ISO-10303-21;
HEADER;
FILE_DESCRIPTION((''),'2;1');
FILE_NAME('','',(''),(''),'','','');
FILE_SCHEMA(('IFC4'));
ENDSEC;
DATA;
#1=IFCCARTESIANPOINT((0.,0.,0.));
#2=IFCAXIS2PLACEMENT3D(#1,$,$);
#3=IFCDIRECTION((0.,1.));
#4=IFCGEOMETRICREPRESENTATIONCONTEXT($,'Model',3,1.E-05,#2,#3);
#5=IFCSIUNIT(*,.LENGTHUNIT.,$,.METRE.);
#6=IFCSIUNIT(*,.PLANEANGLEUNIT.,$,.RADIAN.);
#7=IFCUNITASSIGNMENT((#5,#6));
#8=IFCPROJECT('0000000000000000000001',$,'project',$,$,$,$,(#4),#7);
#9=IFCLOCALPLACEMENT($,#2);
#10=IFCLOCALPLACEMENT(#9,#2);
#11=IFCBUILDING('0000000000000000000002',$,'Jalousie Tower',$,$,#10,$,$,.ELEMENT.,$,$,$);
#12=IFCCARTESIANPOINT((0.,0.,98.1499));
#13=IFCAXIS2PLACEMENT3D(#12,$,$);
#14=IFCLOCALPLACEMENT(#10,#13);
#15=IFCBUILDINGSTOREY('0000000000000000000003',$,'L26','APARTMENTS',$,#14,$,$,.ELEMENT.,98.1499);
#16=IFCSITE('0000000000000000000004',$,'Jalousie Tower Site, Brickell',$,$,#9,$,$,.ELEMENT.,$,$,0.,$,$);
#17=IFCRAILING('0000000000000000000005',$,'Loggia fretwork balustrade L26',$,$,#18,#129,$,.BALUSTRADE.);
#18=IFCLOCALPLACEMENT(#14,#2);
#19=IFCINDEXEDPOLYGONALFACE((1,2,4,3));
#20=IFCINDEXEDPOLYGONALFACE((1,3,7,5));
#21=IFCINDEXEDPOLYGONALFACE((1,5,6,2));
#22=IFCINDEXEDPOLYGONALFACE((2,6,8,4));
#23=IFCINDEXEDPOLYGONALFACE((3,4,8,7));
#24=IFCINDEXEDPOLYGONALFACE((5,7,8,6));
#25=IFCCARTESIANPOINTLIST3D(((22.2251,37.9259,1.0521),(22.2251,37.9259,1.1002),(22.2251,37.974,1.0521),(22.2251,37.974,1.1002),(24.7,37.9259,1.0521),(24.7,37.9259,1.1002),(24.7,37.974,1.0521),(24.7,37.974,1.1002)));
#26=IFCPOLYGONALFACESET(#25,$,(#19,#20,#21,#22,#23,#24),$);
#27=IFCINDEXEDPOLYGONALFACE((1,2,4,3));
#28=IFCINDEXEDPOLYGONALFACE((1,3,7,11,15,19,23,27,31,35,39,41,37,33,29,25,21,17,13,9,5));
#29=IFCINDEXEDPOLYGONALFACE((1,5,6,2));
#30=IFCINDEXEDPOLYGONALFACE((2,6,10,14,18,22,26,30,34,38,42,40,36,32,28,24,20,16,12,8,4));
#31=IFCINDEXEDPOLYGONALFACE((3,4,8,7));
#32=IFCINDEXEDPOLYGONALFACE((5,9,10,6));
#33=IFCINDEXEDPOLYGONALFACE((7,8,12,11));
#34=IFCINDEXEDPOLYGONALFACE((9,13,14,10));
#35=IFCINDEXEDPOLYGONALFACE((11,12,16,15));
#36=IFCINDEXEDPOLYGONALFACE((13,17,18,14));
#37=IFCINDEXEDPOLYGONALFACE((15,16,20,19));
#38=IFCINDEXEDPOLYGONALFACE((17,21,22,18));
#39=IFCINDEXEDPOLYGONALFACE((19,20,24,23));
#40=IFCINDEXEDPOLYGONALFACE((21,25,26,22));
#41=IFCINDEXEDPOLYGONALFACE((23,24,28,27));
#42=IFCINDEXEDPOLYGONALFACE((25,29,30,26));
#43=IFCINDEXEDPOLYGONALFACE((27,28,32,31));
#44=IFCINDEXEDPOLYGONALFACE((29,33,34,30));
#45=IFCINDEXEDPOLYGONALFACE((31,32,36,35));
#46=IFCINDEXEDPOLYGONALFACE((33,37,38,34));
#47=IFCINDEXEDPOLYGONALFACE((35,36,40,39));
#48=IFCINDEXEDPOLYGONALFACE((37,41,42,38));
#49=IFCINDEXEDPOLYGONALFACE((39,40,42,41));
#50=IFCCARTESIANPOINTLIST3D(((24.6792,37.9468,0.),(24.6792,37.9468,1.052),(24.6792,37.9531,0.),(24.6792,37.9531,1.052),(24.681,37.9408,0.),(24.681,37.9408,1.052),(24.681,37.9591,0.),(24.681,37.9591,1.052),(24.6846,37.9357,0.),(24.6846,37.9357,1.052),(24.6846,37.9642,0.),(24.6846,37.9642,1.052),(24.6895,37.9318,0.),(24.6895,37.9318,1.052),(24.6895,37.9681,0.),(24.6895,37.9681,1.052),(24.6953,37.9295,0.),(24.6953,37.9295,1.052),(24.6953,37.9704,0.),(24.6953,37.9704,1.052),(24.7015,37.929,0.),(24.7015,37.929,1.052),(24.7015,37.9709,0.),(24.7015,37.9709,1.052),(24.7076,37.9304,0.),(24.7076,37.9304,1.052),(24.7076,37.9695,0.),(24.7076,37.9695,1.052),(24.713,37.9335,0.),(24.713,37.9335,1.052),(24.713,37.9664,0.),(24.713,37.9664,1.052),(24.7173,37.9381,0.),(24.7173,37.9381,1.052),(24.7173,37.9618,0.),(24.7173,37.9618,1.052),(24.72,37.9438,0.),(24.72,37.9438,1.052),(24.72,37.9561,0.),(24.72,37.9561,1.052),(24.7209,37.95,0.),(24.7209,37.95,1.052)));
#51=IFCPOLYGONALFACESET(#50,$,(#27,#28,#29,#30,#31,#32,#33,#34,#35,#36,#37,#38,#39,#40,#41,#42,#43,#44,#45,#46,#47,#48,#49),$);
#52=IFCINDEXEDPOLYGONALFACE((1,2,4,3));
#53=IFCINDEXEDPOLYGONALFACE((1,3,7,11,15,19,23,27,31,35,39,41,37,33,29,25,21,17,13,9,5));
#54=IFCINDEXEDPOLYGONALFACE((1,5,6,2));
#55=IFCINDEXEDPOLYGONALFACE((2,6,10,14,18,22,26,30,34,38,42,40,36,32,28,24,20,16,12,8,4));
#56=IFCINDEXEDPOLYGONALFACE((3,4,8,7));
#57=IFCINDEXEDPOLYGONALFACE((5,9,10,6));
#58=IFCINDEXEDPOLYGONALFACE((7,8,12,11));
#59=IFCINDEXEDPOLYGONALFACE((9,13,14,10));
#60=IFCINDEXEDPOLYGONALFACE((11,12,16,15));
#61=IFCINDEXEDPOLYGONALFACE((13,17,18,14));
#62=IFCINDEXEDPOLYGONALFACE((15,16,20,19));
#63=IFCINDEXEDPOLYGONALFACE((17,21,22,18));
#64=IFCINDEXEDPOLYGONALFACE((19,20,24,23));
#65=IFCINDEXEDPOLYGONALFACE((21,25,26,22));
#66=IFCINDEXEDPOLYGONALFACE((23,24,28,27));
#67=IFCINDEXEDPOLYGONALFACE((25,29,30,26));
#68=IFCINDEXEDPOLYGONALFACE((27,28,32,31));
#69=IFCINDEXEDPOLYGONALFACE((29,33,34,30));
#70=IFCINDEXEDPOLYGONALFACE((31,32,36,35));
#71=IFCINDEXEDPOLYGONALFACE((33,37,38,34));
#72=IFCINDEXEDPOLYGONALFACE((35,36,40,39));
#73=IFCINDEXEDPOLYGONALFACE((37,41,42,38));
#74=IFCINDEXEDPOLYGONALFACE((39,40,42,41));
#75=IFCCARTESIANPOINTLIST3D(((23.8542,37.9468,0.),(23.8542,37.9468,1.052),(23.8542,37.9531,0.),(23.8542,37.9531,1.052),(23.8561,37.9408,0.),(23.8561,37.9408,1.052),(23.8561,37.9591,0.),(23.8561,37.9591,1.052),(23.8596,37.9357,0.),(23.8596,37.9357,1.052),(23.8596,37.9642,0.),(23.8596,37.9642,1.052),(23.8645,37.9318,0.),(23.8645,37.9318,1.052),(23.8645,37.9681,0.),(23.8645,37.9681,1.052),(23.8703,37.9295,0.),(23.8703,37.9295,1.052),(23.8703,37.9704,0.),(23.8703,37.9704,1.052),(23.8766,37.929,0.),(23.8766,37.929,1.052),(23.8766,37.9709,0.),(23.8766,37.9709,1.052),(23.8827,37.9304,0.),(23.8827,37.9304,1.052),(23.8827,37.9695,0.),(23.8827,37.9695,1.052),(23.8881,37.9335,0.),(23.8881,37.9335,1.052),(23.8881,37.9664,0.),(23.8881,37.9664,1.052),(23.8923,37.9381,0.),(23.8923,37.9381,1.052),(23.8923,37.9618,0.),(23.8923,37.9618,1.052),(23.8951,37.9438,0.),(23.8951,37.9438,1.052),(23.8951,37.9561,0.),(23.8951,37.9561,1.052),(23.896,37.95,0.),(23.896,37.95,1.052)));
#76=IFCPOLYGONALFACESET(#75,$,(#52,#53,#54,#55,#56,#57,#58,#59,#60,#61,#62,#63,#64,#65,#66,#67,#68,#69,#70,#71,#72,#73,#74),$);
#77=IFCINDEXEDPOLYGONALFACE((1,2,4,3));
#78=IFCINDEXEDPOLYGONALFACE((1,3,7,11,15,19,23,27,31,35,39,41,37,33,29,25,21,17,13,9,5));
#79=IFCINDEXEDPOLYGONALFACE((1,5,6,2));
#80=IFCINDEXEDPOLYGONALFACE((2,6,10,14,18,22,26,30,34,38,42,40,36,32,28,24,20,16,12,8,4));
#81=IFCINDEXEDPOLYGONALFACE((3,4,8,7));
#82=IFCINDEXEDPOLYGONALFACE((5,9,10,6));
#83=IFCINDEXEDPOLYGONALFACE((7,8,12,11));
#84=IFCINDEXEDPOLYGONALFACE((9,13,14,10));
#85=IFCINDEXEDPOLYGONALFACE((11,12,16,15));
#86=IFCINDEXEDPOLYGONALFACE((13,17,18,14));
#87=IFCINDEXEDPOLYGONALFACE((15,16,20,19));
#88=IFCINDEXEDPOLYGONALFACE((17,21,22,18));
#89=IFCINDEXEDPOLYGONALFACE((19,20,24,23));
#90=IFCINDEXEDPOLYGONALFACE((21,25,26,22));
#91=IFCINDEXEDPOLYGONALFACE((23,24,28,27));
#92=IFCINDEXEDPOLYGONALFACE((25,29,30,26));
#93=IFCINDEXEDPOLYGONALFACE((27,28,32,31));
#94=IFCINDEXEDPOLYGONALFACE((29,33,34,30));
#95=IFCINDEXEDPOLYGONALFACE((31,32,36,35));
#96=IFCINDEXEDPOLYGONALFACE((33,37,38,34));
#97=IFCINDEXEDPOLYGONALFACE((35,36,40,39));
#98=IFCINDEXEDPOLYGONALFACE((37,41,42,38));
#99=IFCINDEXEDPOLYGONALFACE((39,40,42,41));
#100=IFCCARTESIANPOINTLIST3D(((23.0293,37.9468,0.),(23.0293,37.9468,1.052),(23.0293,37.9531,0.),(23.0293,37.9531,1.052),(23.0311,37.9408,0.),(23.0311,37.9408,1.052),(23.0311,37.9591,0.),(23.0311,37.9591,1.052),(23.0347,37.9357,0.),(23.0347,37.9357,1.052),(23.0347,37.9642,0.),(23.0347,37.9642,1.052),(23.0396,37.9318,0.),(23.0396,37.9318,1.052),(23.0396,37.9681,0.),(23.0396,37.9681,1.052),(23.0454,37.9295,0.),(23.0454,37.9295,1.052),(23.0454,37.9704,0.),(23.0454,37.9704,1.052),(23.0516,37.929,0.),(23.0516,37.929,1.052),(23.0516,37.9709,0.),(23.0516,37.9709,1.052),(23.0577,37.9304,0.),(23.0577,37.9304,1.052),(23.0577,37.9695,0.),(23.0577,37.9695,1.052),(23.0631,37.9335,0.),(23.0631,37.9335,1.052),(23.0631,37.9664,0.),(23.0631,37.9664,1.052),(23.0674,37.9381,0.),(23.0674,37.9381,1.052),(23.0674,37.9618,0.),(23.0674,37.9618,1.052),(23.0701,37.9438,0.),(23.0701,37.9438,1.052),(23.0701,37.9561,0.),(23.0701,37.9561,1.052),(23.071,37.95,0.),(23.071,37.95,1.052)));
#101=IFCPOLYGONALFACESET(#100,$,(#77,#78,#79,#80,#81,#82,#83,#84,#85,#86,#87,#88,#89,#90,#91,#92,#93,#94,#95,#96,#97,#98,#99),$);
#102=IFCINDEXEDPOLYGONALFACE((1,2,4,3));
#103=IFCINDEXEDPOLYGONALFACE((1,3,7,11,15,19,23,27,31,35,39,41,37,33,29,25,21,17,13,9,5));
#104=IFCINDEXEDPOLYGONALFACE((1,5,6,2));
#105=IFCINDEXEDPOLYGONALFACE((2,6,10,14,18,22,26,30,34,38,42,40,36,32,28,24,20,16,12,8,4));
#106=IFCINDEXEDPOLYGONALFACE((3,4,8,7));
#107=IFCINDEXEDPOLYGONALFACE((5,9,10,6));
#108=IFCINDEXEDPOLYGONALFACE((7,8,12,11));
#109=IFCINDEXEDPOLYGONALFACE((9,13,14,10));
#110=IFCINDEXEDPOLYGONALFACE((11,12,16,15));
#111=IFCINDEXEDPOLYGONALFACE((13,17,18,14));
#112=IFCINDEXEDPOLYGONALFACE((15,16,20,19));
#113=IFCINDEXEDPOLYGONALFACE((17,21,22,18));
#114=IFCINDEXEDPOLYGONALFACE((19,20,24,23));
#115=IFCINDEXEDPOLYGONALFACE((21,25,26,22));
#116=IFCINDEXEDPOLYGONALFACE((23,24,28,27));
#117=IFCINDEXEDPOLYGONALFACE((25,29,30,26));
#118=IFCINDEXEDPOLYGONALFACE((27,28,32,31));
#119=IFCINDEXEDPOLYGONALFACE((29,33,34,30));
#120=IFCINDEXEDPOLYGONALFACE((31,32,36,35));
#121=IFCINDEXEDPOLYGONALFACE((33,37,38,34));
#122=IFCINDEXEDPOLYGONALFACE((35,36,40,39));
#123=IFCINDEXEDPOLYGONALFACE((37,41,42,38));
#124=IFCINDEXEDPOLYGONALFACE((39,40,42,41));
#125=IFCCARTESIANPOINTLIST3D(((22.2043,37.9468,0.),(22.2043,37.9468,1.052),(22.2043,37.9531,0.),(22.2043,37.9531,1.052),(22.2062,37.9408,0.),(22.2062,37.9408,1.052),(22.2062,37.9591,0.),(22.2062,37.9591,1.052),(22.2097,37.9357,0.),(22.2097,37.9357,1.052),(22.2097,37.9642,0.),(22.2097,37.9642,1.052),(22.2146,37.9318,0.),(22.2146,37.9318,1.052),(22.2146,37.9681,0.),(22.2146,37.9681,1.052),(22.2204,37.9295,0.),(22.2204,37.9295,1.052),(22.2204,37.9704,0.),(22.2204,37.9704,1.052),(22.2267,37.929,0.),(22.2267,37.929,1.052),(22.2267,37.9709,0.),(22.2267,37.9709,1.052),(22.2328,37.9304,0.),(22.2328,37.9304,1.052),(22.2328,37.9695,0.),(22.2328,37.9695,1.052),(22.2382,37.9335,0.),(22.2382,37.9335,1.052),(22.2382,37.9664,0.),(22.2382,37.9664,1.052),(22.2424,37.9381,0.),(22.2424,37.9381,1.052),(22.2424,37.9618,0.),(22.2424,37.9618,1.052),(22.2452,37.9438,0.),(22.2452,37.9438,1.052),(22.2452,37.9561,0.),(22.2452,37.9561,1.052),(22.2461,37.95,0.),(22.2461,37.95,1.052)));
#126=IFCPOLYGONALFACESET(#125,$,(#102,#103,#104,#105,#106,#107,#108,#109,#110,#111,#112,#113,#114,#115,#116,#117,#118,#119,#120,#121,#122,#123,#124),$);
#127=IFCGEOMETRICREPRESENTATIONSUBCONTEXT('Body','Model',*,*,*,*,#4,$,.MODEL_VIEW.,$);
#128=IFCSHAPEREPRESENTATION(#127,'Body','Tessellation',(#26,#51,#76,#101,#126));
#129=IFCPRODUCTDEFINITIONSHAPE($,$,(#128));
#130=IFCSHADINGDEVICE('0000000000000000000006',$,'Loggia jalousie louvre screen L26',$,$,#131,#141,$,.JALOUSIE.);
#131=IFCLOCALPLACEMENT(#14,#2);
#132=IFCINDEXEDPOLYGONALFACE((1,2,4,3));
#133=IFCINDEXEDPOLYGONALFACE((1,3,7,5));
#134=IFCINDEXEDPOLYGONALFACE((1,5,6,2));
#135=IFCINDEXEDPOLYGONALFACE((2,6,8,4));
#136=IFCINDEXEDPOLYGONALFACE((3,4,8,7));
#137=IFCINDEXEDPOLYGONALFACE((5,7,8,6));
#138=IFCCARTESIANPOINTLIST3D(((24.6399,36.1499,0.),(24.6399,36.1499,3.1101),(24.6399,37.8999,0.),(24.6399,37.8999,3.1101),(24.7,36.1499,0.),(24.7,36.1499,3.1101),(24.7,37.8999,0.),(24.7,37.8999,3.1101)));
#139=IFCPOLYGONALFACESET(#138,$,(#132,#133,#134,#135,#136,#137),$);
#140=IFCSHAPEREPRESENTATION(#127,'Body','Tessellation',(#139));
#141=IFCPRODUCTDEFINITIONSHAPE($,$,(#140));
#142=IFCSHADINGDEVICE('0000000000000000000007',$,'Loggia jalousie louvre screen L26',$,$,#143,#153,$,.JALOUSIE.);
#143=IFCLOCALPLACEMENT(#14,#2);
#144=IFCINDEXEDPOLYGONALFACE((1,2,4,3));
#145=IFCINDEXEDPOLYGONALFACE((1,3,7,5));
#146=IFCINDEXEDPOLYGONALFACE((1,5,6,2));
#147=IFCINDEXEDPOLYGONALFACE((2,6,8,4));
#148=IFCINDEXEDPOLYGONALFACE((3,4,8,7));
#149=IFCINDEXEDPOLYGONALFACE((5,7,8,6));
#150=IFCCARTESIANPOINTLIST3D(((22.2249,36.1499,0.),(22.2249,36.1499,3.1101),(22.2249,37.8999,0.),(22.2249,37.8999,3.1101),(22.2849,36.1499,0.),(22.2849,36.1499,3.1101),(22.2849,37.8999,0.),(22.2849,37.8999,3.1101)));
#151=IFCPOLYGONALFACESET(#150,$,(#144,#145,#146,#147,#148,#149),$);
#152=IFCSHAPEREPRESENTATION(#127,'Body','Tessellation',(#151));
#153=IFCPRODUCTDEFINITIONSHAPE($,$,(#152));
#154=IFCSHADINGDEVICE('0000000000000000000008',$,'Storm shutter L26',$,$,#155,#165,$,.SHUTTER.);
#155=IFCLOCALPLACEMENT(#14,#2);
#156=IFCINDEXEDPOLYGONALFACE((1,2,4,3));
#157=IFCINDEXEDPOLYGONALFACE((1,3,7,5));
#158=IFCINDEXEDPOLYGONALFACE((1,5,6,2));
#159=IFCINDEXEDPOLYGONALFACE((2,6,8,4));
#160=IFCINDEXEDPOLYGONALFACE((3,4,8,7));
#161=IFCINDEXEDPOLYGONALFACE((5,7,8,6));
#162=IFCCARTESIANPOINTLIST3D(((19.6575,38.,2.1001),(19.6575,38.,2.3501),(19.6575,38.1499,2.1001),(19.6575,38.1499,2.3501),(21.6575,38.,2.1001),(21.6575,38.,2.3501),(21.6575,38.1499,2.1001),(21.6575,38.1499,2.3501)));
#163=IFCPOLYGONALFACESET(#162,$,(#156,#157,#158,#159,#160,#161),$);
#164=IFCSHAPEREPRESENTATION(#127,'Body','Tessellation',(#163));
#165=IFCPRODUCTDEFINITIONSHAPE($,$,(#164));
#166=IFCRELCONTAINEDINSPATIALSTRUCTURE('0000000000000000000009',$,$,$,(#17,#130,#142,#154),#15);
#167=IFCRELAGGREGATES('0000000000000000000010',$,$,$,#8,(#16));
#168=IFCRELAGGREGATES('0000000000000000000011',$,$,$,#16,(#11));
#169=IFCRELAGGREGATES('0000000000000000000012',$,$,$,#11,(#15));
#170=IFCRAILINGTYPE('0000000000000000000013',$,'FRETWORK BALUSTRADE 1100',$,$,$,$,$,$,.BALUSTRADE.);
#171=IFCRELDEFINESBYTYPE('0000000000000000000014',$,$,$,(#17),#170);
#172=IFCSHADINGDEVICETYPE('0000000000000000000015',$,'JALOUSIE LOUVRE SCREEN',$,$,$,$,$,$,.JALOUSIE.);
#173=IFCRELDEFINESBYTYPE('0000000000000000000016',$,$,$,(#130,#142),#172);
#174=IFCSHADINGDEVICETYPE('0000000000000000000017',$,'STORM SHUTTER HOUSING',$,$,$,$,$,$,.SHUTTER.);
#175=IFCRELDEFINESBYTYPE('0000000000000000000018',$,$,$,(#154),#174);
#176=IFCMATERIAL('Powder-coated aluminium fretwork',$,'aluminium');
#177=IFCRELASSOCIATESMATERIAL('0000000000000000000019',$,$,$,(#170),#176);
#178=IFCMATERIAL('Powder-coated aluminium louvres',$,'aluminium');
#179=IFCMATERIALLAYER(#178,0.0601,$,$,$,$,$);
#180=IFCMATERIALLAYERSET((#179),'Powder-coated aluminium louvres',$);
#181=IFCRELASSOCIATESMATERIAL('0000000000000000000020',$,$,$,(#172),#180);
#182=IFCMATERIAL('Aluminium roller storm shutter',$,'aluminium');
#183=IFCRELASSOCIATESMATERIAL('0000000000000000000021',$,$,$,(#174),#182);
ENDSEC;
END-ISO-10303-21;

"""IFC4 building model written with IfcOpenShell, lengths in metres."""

from ifc_helpers import new_model, si_unit, direction, frame, origin, origin_2d, place, context, subcontext, project, spatial, rectangle, circle, extrude, material, layer, layer_set, type_object, element, save


model = new_model("IFC4")

# Units and contexts
model_context = context("Model", 3, precision=1e-05, world=origin(), true_north=direction((0.0, 1.0)))
body_context = subcontext(model_context, "Body", "Model", "MODEL_VIEW")
ifc_project = project(units=[si_unit("LENGTHUNIT", "METRE"), si_unit("PLANEANGLEUNIT", "RADIAN")], contexts=[model_context])

# Site, building, storey
site_placement = place(None, origin())
site = spatial("IfcSite", under=ifc_project, at=site_placement, Name="Jalousie Tower Site, Brickell", CompositionType="ELEMENT", RefElevation=0.0)
building_placement = place(site_placement, origin())
building = spatial("IfcBuilding", under=site, at=building_placement, Name="Jalousie Tower", CompositionType="ELEMENT")
storey_placement = place(building_placement, frame((0.0, 0.0, 98.1499)))
storey = spatial("IfcBuildingStorey", under=building, at=storey_placement, Name="L26", Description="APARTMENTS", CompositionType="ELEMENT", Elevation=98.1499)

# Railing
ifc_material_1 = material(Name="Powder-coated aluminium fretwork", Category="aluminium")
railing_type = type_object("IfcRailingType", Name="FRETWORK BALUSTRADE 1100", PredefinedType="BALUSTRADE", material=ifc_material_1)
railing_placement = place(storey_placement, frame((24.7, 37.95, 0.0)))
element("IfcRailing", 1, at=railing_placement, inside=storey, type_object=railing_type, Name="Loggia fretwork balustrade L26", PredefinedType="BALUSTRADE", context=body_context, shape_type="SweptSolid", body=[
    extrude(rectangle(XDim=0.0481, YDim=0.0481, at=origin_2d()), frame((0.0, 0.0, 1.0762), z_axis=(-1.0, 0.0, 0.0), x_axis=(0.0, -1.0, 0.0)), (0.0, 0.0, 1.0), 2.4749),
    extrude(circle(Radius=0.021, at=origin_2d()), origin(), (0.0, 0.0, 1.0), 1.052),
    extrude(circle(Radius=0.021, at=origin_2d()), frame((-0.825, 0.0, 0.0)), (0.0, 0.0, 1.0), 1.052),
    extrude(circle(Radius=0.021, at=origin_2d()), frame((-1.6499, 0.0, 0.0)), (0.0, 0.0, 1.0), 1.052),
    extrude(circle(Radius=0.021, at=origin_2d()), frame((-2.4749, 0.0, 0.0)), (0.0, 0.0, 1.0), 1.052),
])

# Shading devices
ifc_material_2 = material(Name="Powder-coated aluminium louvres", Category="aluminium")
ifc_layer_1 = layer(ifc_material_2, 0.0601)
ifc_layer_set_1 = layer_set([ifc_layer_1], Name="Powder-coated aluminium louvres")
shading_device_type_1 = type_object("IfcShadingDeviceType", Name="JALOUSIE LOUVRE SCREEN", PredefinedType="JALOUSIE", material=ifc_layer_set_1)
for number, where, z_axis, x_axis, name in (
    (2, (24.6699, 37.0249, 0.0), (0.0, 0.0, 1.0), (-1.0, 0.0, 0.0), "Loggia jalousie louvre screen L26"),
    (3, (22.2549, 37.0249, 0.0), (0.0, 0.0, 1.0), (-1.0, 0.0, 0.0), "Loggia jalousie louvre screen L26"),
):
    element("IfcShadingDevice", number, at=place(storey_placement, frame(where, z_axis=z_axis, x_axis=x_axis)), inside=storey, type_object=shading_device_type_1, Name=name, PredefinedType="JALOUSIE", context=body_context, shape_type="SweptSolid", body=[
        extrude(rectangle(XDim=0.0601, YDim=1.75, at=origin_2d()), origin(), (0.0, 0.0, 1.0), 3.1101),
    ])
ifc_material_3 = material(Name="Aluminium roller storm shutter", Category="aluminium")
shading_device_type_2 = type_object("IfcShadingDeviceType", Name="STORM SHUTTER HOUSING", PredefinedType="SHUTTER", material=ifc_material_3)
shading_device_placement = place(storey_placement, frame((20.6575, 38.075, 2.1001), z_axis=(0.0, 0.0, 1.0), x_axis=(-1.0, 0.0, 0.0)))
element("IfcShadingDevice", 4, at=shading_device_placement, inside=storey, type_object=shading_device_type_2, Name="Storm shutter L26", PredefinedType="SHUTTER", context=body_context, shape_type="SweptSolid", body=[
    extrude(rectangle(XDim=2.0, YDim=0.1499, at=origin_2d()), origin(), (0.0, 0.0, 1.0), 0.25),
])

save(model, "model.ifc")
